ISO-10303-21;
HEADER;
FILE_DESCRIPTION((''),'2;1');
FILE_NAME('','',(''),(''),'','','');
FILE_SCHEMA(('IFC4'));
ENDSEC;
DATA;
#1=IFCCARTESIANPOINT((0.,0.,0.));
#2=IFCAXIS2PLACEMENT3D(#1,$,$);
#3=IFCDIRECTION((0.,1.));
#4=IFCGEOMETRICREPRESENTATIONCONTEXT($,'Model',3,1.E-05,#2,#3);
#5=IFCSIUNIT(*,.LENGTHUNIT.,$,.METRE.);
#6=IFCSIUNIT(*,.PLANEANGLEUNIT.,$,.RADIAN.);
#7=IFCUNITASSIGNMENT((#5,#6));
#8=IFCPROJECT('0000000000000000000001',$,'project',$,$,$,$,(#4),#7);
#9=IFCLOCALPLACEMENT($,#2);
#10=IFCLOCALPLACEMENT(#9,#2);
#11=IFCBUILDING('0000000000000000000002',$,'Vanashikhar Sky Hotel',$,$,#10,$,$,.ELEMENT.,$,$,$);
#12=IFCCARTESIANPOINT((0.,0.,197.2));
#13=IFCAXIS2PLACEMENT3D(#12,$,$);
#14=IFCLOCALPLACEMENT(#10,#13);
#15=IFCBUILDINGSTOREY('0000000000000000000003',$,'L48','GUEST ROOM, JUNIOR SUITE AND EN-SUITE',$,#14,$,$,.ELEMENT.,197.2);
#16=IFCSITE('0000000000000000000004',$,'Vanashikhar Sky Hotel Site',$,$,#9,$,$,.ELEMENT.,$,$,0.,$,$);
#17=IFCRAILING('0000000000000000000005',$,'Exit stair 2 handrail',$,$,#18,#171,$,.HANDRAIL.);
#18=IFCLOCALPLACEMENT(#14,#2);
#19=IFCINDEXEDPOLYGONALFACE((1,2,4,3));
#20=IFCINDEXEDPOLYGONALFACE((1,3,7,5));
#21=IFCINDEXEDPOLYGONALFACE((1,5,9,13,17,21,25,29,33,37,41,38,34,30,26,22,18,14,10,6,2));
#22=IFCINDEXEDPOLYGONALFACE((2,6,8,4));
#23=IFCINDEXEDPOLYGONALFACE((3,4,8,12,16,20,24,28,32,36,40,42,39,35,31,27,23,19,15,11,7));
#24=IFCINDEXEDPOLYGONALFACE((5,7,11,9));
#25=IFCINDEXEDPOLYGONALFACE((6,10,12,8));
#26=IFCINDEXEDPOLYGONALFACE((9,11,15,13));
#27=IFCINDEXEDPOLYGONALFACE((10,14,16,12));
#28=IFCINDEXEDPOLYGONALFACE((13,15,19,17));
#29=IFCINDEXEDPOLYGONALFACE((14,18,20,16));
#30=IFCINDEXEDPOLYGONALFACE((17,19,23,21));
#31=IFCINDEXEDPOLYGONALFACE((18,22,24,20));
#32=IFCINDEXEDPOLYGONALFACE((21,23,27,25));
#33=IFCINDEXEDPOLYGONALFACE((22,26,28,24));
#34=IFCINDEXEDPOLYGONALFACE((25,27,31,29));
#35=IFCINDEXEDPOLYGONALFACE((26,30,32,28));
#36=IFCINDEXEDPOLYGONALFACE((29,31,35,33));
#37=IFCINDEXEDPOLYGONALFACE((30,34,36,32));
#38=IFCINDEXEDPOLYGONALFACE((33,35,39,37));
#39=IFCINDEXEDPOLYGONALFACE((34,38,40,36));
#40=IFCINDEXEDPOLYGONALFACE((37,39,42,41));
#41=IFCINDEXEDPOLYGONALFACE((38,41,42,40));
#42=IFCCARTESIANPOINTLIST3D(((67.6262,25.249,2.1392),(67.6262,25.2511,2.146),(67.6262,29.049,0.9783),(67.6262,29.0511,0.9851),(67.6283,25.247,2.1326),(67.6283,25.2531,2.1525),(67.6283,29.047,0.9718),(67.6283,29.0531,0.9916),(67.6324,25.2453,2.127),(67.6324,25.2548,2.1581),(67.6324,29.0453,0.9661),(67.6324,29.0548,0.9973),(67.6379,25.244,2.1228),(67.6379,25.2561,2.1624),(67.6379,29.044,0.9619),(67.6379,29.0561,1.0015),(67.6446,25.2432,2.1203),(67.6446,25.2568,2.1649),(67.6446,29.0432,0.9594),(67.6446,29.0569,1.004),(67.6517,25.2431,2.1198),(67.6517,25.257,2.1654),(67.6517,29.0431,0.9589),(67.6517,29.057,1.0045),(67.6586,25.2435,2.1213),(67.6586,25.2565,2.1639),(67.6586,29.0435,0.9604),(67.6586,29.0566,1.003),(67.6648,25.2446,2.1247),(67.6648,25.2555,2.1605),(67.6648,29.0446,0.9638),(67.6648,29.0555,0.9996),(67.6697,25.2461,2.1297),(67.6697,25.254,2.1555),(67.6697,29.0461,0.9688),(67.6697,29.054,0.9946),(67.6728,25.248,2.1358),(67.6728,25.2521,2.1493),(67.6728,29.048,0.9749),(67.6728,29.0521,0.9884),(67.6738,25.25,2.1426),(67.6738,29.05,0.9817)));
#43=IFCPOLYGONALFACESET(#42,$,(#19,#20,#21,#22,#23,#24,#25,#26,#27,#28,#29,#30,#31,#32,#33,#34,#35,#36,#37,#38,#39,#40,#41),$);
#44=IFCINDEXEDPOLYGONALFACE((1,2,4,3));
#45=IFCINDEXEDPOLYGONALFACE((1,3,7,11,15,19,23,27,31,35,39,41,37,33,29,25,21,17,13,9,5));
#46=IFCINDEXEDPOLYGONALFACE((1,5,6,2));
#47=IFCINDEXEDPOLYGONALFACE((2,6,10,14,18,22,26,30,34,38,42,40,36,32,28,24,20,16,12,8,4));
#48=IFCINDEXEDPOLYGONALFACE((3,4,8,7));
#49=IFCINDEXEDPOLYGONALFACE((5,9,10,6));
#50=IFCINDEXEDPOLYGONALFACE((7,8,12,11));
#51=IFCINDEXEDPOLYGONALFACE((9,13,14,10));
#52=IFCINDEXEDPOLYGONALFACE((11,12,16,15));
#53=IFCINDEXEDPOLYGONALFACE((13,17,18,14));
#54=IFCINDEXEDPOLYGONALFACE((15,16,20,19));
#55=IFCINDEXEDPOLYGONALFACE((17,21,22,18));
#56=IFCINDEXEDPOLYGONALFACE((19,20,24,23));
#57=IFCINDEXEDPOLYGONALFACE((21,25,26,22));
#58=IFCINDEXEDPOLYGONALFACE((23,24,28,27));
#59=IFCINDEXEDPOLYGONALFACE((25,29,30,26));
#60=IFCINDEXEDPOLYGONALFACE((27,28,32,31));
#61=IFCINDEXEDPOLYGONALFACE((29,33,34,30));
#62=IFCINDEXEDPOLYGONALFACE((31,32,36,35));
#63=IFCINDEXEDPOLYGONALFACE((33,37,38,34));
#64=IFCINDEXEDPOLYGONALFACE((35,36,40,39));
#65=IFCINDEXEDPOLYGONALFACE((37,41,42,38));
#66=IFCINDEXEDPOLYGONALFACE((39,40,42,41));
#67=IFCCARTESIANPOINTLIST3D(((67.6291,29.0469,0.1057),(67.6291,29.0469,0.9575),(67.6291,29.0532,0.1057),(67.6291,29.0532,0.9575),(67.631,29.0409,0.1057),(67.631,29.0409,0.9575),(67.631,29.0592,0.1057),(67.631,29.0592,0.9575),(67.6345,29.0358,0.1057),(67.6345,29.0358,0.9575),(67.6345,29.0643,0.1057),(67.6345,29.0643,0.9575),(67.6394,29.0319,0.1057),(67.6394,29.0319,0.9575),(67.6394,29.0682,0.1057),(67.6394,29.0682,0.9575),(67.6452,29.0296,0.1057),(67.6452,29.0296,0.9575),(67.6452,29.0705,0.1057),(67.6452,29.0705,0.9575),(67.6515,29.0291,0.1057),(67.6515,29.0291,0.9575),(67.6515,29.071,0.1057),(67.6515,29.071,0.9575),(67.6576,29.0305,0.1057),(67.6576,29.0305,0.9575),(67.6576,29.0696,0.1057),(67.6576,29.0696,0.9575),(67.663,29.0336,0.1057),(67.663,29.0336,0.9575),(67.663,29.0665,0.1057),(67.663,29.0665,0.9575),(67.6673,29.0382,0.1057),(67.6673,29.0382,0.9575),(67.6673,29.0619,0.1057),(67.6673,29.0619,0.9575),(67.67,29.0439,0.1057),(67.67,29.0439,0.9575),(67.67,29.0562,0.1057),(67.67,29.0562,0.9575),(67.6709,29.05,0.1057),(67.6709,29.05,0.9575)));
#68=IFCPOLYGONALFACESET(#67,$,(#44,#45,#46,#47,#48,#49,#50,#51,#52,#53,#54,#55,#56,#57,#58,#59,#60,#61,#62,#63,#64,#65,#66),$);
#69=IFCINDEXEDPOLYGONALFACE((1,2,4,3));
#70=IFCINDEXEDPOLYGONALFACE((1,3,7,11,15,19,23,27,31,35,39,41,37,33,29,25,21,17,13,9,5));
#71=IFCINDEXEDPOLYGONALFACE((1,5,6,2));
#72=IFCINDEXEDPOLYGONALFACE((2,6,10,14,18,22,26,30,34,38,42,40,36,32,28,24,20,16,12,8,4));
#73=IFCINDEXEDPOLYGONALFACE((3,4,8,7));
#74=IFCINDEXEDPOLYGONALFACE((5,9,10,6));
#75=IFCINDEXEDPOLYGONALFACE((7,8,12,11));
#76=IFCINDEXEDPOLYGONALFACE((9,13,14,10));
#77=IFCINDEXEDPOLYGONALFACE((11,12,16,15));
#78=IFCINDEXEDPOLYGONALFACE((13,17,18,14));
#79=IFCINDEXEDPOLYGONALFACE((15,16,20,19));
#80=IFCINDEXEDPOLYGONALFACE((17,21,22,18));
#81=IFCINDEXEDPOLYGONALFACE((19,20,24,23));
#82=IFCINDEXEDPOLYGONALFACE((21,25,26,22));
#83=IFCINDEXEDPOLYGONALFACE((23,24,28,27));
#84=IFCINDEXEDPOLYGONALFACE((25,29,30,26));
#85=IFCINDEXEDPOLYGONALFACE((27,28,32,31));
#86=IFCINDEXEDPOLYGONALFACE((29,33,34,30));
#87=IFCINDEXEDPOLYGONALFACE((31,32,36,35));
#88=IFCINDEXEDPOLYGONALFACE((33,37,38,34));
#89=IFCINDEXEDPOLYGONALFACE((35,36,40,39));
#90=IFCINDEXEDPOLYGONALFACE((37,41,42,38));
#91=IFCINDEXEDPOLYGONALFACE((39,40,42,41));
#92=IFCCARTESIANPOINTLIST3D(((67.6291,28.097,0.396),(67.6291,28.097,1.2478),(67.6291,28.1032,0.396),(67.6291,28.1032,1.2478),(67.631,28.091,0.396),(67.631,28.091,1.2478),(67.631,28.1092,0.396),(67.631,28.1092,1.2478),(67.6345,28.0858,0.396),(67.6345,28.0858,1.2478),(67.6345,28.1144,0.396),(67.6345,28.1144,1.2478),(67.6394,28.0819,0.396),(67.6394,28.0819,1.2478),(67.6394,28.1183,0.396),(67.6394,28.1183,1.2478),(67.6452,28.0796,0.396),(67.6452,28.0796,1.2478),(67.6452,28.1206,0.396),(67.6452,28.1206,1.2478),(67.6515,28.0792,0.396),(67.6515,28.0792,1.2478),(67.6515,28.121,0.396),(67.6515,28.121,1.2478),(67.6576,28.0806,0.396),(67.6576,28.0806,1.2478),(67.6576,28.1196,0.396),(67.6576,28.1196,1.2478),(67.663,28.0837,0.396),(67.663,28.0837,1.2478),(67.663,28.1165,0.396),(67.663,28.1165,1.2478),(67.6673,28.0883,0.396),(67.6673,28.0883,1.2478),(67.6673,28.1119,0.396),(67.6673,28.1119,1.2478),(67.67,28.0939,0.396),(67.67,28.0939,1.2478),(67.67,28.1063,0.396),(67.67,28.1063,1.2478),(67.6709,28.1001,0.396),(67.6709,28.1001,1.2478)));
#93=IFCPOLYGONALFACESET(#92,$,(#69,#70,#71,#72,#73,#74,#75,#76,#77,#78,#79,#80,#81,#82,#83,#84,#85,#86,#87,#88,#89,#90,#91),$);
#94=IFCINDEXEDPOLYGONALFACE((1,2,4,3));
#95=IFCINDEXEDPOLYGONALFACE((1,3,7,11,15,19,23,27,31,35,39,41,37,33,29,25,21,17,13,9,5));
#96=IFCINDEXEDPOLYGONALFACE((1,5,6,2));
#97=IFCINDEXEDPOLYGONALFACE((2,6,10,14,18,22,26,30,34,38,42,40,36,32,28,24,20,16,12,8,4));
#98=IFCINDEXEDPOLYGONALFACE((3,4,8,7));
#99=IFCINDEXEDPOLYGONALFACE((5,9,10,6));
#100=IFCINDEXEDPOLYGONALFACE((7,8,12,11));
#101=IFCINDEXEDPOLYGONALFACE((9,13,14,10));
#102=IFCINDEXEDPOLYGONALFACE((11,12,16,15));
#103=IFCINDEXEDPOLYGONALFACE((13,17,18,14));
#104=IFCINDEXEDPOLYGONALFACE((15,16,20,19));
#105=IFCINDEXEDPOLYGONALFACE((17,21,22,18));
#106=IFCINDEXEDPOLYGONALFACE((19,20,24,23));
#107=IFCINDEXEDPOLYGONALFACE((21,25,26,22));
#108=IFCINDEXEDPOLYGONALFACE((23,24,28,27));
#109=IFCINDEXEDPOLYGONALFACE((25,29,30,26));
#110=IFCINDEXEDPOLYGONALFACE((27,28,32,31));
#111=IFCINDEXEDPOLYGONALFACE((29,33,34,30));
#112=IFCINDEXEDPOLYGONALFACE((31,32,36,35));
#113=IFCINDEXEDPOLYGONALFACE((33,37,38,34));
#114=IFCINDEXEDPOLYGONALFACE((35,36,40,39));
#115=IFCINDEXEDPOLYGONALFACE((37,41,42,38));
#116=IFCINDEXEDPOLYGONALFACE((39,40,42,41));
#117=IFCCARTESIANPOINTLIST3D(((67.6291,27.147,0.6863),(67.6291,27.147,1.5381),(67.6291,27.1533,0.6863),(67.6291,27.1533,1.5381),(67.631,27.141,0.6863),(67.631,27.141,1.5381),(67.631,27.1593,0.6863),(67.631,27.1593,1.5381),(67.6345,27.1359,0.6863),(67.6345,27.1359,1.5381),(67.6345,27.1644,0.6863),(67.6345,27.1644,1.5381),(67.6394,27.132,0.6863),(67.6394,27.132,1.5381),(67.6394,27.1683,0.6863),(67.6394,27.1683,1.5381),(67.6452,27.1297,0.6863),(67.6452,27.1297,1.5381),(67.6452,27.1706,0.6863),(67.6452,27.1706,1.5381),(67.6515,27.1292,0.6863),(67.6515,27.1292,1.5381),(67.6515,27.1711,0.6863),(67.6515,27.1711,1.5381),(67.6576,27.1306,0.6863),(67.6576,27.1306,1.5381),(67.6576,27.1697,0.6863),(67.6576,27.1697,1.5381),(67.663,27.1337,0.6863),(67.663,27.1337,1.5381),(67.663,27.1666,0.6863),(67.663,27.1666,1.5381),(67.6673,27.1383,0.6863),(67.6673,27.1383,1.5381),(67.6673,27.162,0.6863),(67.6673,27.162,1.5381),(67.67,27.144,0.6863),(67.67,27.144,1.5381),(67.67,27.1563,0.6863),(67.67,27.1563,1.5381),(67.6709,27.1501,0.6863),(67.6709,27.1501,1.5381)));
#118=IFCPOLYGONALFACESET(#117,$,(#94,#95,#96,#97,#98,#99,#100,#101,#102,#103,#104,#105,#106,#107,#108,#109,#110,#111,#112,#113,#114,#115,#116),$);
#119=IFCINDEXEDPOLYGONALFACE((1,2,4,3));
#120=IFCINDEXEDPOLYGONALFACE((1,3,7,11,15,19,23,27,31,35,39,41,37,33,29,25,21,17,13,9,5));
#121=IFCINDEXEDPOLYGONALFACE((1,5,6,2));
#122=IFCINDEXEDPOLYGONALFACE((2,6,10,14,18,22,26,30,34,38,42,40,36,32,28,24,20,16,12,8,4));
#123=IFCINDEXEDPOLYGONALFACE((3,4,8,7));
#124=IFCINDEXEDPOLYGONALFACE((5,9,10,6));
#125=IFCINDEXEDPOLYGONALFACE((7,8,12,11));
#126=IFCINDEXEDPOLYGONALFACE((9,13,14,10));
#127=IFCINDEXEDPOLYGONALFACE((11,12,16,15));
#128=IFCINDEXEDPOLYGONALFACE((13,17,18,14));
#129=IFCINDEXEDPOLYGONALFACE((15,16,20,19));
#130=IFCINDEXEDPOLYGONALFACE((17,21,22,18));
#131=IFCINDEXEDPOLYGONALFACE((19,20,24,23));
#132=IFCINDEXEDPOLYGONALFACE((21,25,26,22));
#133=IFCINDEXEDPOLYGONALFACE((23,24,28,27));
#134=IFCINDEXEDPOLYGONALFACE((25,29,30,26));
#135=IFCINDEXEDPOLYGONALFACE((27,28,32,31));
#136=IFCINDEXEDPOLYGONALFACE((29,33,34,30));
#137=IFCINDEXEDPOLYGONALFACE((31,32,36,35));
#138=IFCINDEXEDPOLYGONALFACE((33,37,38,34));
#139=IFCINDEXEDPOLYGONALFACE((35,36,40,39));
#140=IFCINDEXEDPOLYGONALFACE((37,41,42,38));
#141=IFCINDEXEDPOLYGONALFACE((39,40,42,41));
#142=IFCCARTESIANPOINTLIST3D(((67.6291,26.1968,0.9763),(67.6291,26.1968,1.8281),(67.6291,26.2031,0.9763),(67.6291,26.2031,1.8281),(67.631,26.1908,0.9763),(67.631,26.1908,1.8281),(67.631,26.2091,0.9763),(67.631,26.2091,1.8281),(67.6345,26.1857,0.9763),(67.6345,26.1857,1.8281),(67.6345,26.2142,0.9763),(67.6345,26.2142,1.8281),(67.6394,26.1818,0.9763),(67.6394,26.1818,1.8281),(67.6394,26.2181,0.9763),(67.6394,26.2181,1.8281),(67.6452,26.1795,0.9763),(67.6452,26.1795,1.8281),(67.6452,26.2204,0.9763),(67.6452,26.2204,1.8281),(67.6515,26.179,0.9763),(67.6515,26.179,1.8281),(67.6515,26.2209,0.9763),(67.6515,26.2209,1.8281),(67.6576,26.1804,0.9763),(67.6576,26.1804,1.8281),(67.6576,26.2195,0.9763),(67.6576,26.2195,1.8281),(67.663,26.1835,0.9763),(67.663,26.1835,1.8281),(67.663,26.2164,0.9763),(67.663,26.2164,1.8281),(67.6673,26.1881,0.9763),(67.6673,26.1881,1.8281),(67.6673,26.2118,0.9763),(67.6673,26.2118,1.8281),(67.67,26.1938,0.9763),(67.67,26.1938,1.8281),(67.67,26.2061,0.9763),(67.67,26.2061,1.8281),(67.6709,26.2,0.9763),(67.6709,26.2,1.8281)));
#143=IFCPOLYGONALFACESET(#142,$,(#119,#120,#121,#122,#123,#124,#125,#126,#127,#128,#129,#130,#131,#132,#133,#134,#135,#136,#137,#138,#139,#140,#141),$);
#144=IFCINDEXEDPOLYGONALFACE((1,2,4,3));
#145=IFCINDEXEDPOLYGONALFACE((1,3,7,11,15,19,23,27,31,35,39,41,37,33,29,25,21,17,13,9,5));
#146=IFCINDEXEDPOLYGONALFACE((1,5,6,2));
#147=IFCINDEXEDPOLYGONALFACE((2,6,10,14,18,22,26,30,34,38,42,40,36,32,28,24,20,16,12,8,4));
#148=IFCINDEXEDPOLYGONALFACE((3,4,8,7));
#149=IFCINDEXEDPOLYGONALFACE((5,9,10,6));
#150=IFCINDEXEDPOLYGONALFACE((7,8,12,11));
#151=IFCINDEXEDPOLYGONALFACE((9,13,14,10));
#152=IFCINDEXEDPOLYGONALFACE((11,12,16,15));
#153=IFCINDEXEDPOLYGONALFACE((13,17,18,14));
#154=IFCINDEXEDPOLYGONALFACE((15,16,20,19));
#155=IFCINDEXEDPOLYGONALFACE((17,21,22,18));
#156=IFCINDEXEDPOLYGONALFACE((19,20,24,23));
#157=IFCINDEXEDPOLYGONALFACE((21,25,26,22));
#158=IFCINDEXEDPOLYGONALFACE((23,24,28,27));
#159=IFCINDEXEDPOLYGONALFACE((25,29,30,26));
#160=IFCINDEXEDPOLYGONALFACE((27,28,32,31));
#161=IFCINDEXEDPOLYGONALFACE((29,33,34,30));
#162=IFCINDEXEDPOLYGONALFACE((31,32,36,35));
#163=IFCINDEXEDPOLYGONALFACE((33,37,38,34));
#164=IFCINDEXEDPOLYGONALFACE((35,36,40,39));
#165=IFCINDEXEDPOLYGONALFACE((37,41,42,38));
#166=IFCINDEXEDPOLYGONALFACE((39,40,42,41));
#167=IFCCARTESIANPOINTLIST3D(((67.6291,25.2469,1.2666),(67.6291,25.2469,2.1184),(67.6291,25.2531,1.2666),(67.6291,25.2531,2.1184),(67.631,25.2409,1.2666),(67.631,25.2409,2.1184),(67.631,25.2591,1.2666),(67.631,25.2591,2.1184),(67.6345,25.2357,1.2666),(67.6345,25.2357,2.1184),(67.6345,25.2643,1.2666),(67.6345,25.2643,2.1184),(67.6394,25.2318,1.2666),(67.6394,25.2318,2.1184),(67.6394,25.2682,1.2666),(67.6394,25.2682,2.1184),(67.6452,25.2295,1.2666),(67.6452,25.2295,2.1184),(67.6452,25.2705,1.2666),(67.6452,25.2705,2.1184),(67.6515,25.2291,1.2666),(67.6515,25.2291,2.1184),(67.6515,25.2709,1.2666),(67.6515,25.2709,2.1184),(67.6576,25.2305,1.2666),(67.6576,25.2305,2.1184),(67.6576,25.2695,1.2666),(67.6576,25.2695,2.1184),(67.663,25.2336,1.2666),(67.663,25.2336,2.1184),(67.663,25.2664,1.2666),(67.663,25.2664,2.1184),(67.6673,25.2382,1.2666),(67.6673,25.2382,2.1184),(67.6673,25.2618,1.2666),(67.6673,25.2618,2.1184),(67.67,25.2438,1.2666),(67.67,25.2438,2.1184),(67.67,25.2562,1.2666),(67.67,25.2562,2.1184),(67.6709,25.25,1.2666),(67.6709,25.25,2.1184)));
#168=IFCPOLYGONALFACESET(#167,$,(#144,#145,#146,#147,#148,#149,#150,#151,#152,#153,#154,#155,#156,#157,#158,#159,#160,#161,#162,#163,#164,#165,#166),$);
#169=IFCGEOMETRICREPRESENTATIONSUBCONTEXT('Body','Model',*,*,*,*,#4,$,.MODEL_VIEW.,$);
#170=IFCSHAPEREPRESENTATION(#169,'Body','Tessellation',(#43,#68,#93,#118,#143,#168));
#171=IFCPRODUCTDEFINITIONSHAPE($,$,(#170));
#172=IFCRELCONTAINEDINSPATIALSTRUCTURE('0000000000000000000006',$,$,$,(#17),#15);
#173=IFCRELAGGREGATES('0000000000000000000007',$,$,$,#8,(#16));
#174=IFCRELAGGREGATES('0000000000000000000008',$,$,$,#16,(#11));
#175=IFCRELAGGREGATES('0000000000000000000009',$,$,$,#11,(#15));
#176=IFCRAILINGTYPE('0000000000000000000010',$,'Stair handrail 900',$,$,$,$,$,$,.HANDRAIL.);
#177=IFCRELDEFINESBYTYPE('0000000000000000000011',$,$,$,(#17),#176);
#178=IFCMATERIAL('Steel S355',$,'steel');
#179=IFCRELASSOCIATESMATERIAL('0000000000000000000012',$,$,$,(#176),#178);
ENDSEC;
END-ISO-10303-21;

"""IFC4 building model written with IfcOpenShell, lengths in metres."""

from ifc_helpers import new_model, si_unit, direction, frame, origin, origin_2d, place, context, subcontext, project, spatial, circle, extrude, source, transform, mapped, material, type_object, element, save


model = new_model("IFC4")

# Units and contexts
model_context = context("Model", 3, precision=1e-05, world=origin(), true_north=direction((0.0, 1.0)))
body_context = subcontext(model_context, "Body", "Model", "MODEL_VIEW")
ifc_project = project(units=[si_unit("LENGTHUNIT", "METRE"), si_unit("PLANEANGLEUNIT", "RADIAN")], contexts=[model_context])

# Site, building, storey
site_placement = place(None, origin())
site = spatial("IfcSite", under=ifc_project, at=site_placement, Name="Vanashikhar Sky Hotel Site", CompositionType="ELEMENT", RefElevation=0.0)
building_placement = place(site_placement, origin())
building = spatial("IfcBuilding", under=site, at=building_placement, Name="Vanashikhar Sky Hotel", CompositionType="ELEMENT")
storey_placement = place(building_placement, frame((0.0, 0.0, 197.2)))
storey = spatial("IfcBuildingStorey", under=building, at=storey_placement, Name="L48", Description="GUEST ROOM, JUNIOR SUITE AND EN-SUITE", CompositionType="ELEMENT", Elevation=197.2)

# Railing
ifc_material_1 = material(Name="Steel S355", Category="steel")
railing_type_1 = type_object("IfcRailingType", Name="Stair handrail 900", PredefinedType="HANDRAIL", material=ifc_material_1)
shared_shape_1 = source(origin(), body_context, "Body", "SweptSolid", [
    extrude(circle(Radius=0.0239, at=origin_2d()), frame((0.0, 0.0, 0.876), z_axis=(0.0, -0.956368, 0.292164), x_axis=(1.0, 0.0, 0.0)), (0.0, 0.0, 1.0), 3.9734),
    extrude(circle(Radius=0.021, at=origin_2d()), origin(), (0.0, 0.0, 1.0), 0.8518),
    extrude(circle(Radius=0.021, at=origin_2d()), frame((0.0, -0.95, 0.2903)), (0.0, 0.0, 1.0), 0.8518),
    extrude(circle(Radius=0.021, at=origin_2d()), frame((0.0, -1.8999, 0.5806)), (0.0, 0.0, 1.0), 0.8518),
    extrude(circle(Radius=0.021, at=origin_2d()), frame((0.0, -2.8501, 0.8706)), (0.0, 0.0, 1.0), 0.8518),
    extrude(circle(Radius=0.021, at=origin_2d()), frame((0.0, -3.8, 1.1609)), (0.0, 0.0, 1.0), 0.8518),
])
for number, where, name in (
    (1, (67.6499, 29.05, 0.1057), "Exit stair 2 handrail"),
):
    element("IfcRailing", number, at=place(storey_placement, frame(where)), inside=storey, type_object=railing_type_1, Name=name, PredefinedType="HANDRAIL", context=body_context, shape_type="MappedRepresentation", body=[
        mapped(shared_shape_1, transform((0.0, 0.0, 0.0), scale=1.0)),
    ])

save(model, "model.ifc")
